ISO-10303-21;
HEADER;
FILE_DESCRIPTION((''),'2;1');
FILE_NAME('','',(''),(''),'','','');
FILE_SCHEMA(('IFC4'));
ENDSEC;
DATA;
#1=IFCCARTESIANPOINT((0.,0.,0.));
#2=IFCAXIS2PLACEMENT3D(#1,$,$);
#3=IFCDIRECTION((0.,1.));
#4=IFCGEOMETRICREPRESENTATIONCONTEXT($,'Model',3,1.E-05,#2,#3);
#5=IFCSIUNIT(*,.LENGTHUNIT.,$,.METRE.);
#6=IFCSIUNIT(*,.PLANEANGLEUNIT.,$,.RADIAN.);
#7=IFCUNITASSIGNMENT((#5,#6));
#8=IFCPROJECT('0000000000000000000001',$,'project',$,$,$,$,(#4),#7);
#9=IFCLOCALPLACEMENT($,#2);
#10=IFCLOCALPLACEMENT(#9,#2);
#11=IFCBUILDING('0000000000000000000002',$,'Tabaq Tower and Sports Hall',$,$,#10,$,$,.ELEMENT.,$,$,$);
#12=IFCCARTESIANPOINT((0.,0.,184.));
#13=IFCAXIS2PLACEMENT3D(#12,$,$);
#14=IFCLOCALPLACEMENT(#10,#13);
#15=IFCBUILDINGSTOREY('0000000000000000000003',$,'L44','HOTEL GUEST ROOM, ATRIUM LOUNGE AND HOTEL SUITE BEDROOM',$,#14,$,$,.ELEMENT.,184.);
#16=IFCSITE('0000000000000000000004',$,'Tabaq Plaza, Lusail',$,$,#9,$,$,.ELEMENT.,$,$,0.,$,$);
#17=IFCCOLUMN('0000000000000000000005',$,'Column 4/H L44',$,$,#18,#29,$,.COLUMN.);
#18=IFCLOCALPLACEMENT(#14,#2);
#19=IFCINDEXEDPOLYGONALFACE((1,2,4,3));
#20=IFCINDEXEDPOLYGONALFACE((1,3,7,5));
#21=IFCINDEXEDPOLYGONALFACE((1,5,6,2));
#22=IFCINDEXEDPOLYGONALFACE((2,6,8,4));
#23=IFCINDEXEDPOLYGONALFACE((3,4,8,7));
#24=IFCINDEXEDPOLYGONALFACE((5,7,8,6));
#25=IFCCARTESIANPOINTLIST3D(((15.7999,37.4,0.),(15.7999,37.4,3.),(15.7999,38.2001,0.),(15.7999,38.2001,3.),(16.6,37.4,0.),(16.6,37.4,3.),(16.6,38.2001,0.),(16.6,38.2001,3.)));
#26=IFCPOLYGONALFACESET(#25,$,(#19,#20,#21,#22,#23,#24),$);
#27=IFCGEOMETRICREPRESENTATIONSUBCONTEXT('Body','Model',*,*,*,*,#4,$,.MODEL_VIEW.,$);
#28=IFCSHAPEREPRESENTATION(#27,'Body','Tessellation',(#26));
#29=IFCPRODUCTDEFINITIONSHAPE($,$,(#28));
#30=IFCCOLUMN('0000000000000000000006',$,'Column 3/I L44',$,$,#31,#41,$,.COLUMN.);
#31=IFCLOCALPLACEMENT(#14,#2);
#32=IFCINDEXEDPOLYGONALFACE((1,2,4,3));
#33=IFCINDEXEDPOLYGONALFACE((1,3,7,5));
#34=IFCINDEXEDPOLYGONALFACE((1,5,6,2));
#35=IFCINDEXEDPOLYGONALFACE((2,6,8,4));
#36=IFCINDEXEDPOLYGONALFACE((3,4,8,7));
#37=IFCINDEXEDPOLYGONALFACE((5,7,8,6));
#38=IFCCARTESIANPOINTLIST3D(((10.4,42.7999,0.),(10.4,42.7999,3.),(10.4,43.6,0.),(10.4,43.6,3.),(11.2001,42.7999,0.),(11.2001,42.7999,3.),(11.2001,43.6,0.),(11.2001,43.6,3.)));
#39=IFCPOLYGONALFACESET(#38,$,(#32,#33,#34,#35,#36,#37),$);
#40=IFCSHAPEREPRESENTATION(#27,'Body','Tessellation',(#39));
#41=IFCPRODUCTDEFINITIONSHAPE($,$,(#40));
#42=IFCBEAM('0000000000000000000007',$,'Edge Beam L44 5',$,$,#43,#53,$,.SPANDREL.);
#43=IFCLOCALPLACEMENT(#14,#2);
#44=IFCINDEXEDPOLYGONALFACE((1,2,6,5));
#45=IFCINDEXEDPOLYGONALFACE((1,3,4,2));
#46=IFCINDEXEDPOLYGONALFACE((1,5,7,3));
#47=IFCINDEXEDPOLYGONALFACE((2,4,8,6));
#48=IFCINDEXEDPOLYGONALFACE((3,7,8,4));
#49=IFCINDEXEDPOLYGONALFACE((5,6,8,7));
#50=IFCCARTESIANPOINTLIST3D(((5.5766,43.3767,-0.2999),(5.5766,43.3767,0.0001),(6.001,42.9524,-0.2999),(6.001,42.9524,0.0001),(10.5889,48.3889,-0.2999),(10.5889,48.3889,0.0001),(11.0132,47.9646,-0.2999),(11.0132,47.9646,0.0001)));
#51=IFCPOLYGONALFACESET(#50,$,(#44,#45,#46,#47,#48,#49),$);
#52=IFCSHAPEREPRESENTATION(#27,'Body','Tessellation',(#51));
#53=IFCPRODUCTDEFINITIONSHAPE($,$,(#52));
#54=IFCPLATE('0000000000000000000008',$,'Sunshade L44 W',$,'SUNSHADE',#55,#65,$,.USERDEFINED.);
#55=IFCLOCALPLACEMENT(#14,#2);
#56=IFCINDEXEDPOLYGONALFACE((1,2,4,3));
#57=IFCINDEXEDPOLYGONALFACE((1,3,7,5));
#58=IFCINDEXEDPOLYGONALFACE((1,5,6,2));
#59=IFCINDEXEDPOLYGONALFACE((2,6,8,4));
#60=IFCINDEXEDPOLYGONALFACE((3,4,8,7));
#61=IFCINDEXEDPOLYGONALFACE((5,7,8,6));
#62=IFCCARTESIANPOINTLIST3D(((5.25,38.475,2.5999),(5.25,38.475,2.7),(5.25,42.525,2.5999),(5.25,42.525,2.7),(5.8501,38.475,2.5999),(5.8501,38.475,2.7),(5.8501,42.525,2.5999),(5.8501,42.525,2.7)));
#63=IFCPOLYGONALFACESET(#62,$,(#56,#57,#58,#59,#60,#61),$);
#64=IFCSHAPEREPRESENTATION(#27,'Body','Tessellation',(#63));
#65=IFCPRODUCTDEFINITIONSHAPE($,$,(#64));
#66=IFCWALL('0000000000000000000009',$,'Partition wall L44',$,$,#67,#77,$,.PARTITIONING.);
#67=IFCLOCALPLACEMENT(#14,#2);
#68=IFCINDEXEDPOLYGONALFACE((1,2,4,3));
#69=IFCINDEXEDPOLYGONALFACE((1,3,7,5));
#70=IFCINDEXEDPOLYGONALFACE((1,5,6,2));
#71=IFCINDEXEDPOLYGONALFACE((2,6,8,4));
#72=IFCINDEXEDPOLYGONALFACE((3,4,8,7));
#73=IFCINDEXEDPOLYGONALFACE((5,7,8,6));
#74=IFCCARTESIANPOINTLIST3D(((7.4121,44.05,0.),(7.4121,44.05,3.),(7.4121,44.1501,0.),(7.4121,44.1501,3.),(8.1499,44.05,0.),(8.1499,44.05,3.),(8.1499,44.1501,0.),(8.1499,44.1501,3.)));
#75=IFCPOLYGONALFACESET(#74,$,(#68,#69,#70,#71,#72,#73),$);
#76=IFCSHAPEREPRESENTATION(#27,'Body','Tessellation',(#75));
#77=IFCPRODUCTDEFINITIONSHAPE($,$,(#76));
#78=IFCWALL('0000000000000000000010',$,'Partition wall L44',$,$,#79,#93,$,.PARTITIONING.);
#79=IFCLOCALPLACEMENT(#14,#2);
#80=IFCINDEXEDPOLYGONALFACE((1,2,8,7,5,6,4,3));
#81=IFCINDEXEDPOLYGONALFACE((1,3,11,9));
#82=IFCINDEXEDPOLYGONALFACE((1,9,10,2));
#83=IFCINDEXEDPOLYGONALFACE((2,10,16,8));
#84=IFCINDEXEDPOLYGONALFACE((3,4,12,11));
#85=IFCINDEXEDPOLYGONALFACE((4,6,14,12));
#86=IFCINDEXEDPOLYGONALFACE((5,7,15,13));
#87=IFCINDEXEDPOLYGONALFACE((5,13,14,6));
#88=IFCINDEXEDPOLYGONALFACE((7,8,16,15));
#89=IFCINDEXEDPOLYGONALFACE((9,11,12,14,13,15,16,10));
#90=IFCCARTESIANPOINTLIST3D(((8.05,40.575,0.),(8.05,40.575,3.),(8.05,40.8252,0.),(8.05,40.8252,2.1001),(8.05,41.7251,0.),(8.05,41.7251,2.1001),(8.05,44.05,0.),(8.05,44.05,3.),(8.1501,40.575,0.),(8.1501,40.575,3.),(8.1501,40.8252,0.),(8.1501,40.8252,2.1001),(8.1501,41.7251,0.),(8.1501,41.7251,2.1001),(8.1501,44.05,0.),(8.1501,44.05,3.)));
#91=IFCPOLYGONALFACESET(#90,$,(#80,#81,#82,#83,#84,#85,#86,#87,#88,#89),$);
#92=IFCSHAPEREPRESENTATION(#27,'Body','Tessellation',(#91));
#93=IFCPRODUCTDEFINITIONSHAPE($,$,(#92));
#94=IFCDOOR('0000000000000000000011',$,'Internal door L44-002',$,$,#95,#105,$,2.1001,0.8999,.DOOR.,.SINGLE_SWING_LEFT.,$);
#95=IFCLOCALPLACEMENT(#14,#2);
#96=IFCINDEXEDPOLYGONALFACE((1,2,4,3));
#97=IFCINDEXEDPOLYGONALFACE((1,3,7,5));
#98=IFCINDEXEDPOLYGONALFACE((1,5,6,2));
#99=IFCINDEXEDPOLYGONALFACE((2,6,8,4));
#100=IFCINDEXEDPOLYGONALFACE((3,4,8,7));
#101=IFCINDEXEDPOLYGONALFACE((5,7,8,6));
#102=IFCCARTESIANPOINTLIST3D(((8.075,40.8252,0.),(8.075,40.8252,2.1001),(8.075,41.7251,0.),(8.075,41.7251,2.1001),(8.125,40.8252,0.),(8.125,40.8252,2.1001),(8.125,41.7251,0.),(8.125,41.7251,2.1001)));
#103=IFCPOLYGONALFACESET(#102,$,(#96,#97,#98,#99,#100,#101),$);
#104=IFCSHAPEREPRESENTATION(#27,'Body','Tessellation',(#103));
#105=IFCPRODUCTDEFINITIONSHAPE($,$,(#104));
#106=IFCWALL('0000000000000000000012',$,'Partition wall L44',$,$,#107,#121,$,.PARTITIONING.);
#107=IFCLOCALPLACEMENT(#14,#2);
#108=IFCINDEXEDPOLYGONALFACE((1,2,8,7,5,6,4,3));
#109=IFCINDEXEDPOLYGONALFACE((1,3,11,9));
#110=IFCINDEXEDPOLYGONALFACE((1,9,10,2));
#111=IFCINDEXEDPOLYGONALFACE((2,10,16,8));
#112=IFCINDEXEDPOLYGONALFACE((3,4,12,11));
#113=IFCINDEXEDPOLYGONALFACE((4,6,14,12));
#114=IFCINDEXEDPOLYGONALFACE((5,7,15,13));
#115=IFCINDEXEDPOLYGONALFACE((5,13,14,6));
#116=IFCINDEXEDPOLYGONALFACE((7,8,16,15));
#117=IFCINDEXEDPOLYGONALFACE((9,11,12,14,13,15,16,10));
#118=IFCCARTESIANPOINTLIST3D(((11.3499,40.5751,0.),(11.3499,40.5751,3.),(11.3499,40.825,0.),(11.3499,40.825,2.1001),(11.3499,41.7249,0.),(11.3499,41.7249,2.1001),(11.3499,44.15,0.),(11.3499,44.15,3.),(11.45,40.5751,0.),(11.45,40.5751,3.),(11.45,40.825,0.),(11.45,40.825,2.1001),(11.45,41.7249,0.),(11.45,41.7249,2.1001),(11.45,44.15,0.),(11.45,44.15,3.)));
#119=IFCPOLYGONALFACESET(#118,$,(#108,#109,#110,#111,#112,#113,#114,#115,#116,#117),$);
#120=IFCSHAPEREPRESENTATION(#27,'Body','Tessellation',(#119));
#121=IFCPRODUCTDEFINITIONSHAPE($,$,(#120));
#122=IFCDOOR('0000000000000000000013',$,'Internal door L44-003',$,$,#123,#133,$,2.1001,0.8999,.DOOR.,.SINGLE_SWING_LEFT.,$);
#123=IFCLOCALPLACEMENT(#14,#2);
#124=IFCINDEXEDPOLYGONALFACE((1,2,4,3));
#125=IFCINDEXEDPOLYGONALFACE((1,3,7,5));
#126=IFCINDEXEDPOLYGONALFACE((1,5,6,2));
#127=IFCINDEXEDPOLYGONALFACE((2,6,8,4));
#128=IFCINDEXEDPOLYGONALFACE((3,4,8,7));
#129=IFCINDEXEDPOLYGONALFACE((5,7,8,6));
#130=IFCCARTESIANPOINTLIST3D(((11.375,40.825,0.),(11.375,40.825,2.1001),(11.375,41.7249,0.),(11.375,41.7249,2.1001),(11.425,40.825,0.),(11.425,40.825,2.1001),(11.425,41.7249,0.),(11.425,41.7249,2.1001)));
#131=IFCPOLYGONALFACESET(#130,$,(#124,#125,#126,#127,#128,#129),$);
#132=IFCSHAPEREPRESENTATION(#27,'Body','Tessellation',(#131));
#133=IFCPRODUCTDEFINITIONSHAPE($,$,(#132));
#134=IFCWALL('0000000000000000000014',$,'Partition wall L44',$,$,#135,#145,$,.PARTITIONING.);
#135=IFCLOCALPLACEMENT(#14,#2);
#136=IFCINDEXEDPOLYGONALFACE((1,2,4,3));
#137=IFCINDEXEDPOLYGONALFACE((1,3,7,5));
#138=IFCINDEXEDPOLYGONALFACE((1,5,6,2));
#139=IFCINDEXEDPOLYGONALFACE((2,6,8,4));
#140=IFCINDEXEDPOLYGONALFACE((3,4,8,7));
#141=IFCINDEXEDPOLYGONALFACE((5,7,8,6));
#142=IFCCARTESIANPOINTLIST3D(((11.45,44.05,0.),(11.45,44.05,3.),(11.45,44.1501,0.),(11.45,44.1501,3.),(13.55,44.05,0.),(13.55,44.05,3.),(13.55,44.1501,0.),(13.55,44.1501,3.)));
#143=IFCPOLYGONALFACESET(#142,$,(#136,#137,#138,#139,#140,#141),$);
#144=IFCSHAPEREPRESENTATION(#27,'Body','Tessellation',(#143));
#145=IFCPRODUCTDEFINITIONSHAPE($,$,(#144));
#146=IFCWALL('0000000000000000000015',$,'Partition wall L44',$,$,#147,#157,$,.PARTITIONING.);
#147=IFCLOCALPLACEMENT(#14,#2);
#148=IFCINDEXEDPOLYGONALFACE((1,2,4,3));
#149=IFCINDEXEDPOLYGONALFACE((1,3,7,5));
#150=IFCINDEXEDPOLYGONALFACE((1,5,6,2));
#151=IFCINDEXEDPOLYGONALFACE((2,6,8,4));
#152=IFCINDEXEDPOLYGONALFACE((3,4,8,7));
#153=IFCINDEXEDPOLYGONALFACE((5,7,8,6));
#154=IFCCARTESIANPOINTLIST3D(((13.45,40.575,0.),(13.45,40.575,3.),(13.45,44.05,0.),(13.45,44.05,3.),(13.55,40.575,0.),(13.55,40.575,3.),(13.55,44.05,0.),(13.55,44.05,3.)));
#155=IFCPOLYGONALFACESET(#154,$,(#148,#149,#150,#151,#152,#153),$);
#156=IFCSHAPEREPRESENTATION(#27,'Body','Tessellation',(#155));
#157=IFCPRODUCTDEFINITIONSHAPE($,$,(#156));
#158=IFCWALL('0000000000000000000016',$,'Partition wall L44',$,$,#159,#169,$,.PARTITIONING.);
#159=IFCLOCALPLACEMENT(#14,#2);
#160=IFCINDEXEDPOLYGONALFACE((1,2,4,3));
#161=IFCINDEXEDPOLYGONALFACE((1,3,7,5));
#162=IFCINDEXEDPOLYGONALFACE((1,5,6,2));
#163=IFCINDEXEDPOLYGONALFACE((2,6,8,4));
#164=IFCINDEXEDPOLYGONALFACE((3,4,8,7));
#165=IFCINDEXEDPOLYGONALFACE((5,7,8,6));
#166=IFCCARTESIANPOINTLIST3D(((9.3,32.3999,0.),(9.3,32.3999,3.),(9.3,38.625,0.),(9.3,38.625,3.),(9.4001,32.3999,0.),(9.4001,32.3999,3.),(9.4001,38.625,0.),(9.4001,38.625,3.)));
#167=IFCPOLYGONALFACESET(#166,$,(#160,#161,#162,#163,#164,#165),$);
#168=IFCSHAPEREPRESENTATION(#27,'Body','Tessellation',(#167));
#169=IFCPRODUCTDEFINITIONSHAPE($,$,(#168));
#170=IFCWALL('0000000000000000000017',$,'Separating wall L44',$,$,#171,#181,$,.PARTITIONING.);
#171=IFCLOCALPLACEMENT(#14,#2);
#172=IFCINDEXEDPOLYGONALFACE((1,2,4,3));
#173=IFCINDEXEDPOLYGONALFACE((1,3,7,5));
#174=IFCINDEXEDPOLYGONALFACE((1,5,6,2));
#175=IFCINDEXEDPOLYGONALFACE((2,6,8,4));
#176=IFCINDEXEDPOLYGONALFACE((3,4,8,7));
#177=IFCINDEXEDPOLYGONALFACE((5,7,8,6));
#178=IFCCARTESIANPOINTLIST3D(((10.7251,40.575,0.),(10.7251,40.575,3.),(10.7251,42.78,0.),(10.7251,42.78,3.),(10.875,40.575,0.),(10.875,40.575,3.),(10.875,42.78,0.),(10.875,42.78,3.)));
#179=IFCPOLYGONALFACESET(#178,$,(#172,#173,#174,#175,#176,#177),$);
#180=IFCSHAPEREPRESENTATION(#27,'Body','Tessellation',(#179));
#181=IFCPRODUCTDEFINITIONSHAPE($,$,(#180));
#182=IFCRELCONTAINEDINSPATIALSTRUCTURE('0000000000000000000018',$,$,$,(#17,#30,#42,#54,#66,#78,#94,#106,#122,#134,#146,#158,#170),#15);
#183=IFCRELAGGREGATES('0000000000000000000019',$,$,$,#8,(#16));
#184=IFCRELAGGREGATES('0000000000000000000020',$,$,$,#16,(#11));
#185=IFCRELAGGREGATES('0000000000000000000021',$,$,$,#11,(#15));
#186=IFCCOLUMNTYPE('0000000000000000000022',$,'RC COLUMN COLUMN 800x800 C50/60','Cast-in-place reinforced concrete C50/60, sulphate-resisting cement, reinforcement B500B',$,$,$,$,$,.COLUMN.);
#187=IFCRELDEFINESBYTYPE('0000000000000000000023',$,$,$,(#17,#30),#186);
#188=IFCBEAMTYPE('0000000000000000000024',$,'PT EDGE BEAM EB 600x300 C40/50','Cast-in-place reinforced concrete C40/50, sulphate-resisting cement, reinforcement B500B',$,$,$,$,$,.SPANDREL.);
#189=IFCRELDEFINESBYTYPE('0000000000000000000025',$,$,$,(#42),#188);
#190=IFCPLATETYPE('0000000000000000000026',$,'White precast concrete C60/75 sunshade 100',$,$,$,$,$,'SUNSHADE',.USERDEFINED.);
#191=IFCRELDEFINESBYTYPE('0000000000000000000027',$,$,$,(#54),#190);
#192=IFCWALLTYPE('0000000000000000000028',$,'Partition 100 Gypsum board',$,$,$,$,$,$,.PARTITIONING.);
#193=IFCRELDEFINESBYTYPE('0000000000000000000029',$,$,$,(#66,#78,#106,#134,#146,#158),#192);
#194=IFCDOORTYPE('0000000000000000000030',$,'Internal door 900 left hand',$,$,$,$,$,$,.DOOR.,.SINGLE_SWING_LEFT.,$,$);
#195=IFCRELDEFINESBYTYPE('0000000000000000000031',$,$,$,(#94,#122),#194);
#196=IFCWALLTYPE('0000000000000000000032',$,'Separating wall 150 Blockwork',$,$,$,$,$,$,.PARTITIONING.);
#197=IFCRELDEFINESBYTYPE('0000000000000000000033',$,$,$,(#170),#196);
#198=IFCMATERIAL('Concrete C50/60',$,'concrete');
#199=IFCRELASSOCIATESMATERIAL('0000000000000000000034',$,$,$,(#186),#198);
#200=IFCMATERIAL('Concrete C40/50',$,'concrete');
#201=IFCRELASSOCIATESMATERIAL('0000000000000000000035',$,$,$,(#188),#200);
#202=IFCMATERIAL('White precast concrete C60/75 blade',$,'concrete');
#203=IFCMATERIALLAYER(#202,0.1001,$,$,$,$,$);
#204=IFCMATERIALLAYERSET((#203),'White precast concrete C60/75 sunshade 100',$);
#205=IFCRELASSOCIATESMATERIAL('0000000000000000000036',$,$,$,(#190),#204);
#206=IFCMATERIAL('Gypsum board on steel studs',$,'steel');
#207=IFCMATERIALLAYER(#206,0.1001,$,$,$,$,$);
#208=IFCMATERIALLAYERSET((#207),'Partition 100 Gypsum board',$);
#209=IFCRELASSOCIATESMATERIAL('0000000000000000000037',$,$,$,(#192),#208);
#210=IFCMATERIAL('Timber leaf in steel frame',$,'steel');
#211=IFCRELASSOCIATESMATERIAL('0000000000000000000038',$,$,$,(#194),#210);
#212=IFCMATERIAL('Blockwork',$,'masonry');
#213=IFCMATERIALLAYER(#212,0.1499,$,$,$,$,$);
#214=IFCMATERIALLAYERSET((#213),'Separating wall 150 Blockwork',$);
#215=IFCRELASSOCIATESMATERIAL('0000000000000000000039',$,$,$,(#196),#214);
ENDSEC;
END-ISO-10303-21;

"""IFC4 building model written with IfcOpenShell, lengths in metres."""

from ifc_helpers import new_model, si_unit, direction, frame, frame_2d, origin, origin_2d, place, context, subcontext, project, spatial, rectangle, extrude, material, layer, layer_set, material_profile, profile_set, type_object, element, fill, save


model = new_model("IFC4")

# Units and contexts
model_context = context("Model", 3, precision=1e-05, world=origin(), true_north=direction((0.0, 1.0)))
body_context = subcontext(model_context, "Body", "Model", "MODEL_VIEW")
ifc_project = project(units=[si_unit("LENGTHUNIT", "METRE"), si_unit("PLANEANGLEUNIT", "RADIAN")], contexts=[model_context])

# Site, building, storey
site_placement = place(None, origin())
site = spatial("IfcSite", under=ifc_project, at=site_placement, Name="Tabaq Plaza, Lusail", CompositionType="ELEMENT", RefElevation=0.0)
building_placement = place(site_placement, origin())
building = spatial("IfcBuilding", under=site, at=building_placement, Name="Tabaq Tower and Sports Hall", CompositionType="ELEMENT")
storey_placement = place(building_placement, frame((0.0, 0.0, 184.0)))
storey = spatial("IfcBuildingStorey", under=building, at=storey_placement, Name="L44", Description="HOTEL GUEST ROOM, ATRIUM LOUNGE AND HOTEL SUITE BEDROOM", CompositionType="ELEMENT", Elevation=184.0)

# Columns
ifc_material_1 = material(Name="Concrete C50/60", Category="concrete")
ifc_material_profile_1 = material_profile(ifc_material_1, rectangle(XDim=0.8, YDim=0.8, at=origin_2d()), Name="COLUMN 800x800")
ifc_profile_set_1 = profile_set([ifc_material_profile_1], Name="Concrete C50/60")
column_type = type_object("IfcColumnType", Name="RC COLUMN COLUMN 800x800 C50/60", Description="Cast-in-place reinforced concrete C50/60, sulphate-resisting cement, reinforcement B500B", PredefinedType="COLUMN", material=ifc_profile_set_1)
for number, where, z_axis, x_axis, name in (
    (1, (16.2, 37.8, 0.0), (0.0, 0.0, 1.0), (1.0, 0.0, 0.0), "Column 4/H L44"),
    (2, (10.8, 43.2, 0.0), (0.0, 0.0, 1.0), (1.0, 0.0, 0.0), "Column 3/I L44"),
):
    element("IfcColumn", number, at=place(storey_placement, frame(where, z_axis=z_axis, x_axis=x_axis)), inside=storey, type_object=column_type, Name=name, PredefinedType="COLUMN", context=body_context, shape_type="SweptSolid", body=[
        extrude(rectangle(XDim=0.8, YDim=0.8, at=origin_2d()), origin(), (0.0, 0.0, 1.0), 3.0),
    ])

# Beam
ifc_material_2 = material(Name="Concrete C40/50", Category="concrete")
ifc_material_profile_2 = material_profile(ifc_material_2, rectangle(XDim=0.6001, YDim=0.3, at=origin_2d()), Name="EB 600x300")
ifc_profile_set_2 = profile_set([ifc_material_profile_2], Name="Concrete C40/50")
beam_type = type_object("IfcBeamType", Name="PT EDGE BEAM EB 600x300 C40/50", Description="Cast-in-place reinforced concrete C40/50, sulphate-resisting cement, reinforcement B500B", PredefinedType="SPANDREL", material=ifc_profile_set_2)
beam_placement = place(storey_placement, frame((10.801, 48.1768, -0.1499), z_axis=(-0.707107, -0.707107, 0.0), x_axis=(0.707107, -0.707107, 0.0)))
element("IfcBeam", 3, at=beam_placement, inside=storey, type_object=beam_type, Name="Edge Beam L44 5", PredefinedType="SPANDREL", context=body_context, shape_type="SweptSolid", body=[
    extrude(rectangle(XDim=0.6001, YDim=0.3, at=origin_2d()), origin(), (0.0, 0.0, 1.0), 7.0884),
])

# Plate
ifc_material_3 = material(Name="White precast concrete C60/75 blade", Category="concrete")
ifc_layer_1 = layer(ifc_material_3, 0.1001)
ifc_layer_set_1 = layer_set([ifc_layer_1], Name="White precast concrete C60/75 sunshade 100")
plate_type = type_object("IfcPlateType", Name="White precast concrete C60/75 sunshade 100", ElementType="SUNSHADE", PredefinedType="USERDEFINED", material=ifc_layer_set_1)
plate_placement = place(storey_placement, frame((5.55, 40.5, 2.5999), z_axis=(0.0, 0.0, 1.0), x_axis=(0.0, -1.0, 0.0)))
element("IfcPlate", 4, at=plate_placement, inside=storey, type_object=plate_type, Name="Sunshade L44 W", ObjectType="SUNSHADE", PredefinedType="USERDEFINED", context=body_context, shape_type="SweptSolid", body=[
    extrude(rectangle(XDim=4.05, YDim=0.6001, at=origin_2d()), origin(), (0.0, 0.0, 1.0), 0.1001),
])

# Wall
ifc_material_4 = material(Name="Gypsum board on steel studs", Category="steel")
ifc_layer_2 = layer(ifc_material_4, 0.1001)
ifc_layer_set_2 = layer_set([ifc_layer_2], Name="Partition 100 Gypsum board")
wall_type_1 = type_object("IfcWallType", Name="Partition 100 Gypsum board", PredefinedType="PARTITIONING", material=ifc_layer_set_2)
wall_1_placement = place(storey_placement, frame((7.4121, 44.1001, 0.0), z_axis=(0.0, 0.0, 1.0), x_axis=(1.0, 0.0, 0.0)))
element("IfcWall", 5, at=wall_1_placement, inside=storey, type_object=wall_type_1, Name="Partition wall L44", PredefinedType="PARTITIONING", context=body_context, shape_type="SweptSolid", body=[
    extrude(rectangle(XDim=0.7378, YDim=0.1001, at=frame_2d((0.3689, 0.0))), origin(), (0.0, 0.0, 1.0), 3.0),
])

# Walls, openings, doors
wall_2_placement = place(storey_placement, frame((8.1001, 44.05, 0.0), z_axis=(0.0, 0.0, 1.0), x_axis=(0.0, -1.0, 0.0)))
wall_2 = element("IfcWall", 6, at=wall_2_placement, inside=storey, type_object=wall_type_1, Name="Partition wall L44", PredefinedType="PARTITIONING", context=body_context, shape_type="SweptSolid", body=[
    extrude(rectangle(XDim=3.4751, YDim=0.1001, at=frame_2d((1.7375, 0.0))), origin(), (0.0, 0.0, 1.0), 3.0),
])
opening_1_placement = place(wall_2_placement, frame((2.325, 0.0, 0.0)))
opening_1 = element("IfcOpeningElement", 7, at=opening_1_placement, cuts=wall_2, PredefinedType="OPENING", context=body_context, shape_type="SweptSolid", body=[
    extrude(rectangle(XDim=0.8999, YDim=2.1001, at=frame_2d((0.45, 1.05))), frame((0.0, 0.05, 0.0), z_axis=(0.0, -1.0, 0.0), x_axis=(1.0, 0.0, 0.0)), (0.0, 0.0, 1.0), 0.1001),
])
ifc_material_5 = material(Name="Timber leaf in steel frame", Category="steel")
door_type = type_object("IfcDoorType", Name="Internal door 900 left hand", OperationType="SINGLE_SWING_LEFT", PredefinedType="DOOR", material=ifc_material_5)
door_1_placement = place(opening_1_placement, origin())
door_1 = element("IfcDoor", 8, at=door_1_placement, inside=storey, type_object=door_type, Name="Internal door L44-002", OperationType="SINGLE_SWING_LEFT", OverallHeight=2.1001, OverallWidth=0.8999, PredefinedType="DOOR", context=body_context, shape_type="SweptSolid", body=[
    extrude(rectangle(XDim=0.8999, YDim=2.1001, at=frame_2d((0.45, 1.05))), frame((0.0, 0.0249, 0.0), z_axis=(0.0, -1.0, 0.0), x_axis=(1.0, 0.0, 0.0)), (0.0, 0.0, 1.0), 0.05),
])
fill(opening_1, door_1)
wall_3_placement = place(storey_placement, frame((11.3999, 40.575, 0.0), z_axis=(0.0, 0.0, 1.0), x_axis=(0.0, 1.0, 0.0)))
wall_3 = element("IfcWall", 9, at=wall_3_placement, inside=storey, type_object=wall_type_1, Name="Partition wall L44", PredefinedType="PARTITIONING", context=body_context, shape_type="SweptSolid", body=[
    extrude(rectangle(XDim=3.575, YDim=0.1001, at=frame_2d((1.7876, 0.0))), origin(), (0.0, 0.0, 1.0), 3.0),
])
opening_2_placement = place(wall_3_placement, frame((0.25, 0.0, 0.0)))
opening_2 = element("IfcOpeningElement", 10, at=opening_2_placement, cuts=wall_3, PredefinedType="OPENING", context=body_context, shape_type="SweptSolid", body=[
    extrude(rectangle(XDim=0.8999, YDim=2.1001, at=frame_2d((0.45, 1.05))), frame((0.0, 0.05, 0.0), z_axis=(0.0, -1.0, 0.0), x_axis=(1.0, 0.0, 0.0)), (0.0, 0.0, 1.0), 0.1001),
])
door_2_placement = place(opening_2_placement, origin())
door_2 = element("IfcDoor", 11, at=door_2_placement, inside=storey, type_object=door_type, Name="Internal door L44-003", OperationType="SINGLE_SWING_LEFT", OverallHeight=2.1001, OverallWidth=0.8999, PredefinedType="DOOR", context=body_context, shape_type="SweptSolid", body=[
    extrude(rectangle(XDim=0.8999, YDim=2.1001, at=frame_2d((0.45, 1.05))), frame((0.0, 0.0249, 0.0), z_axis=(0.0, -1.0, 0.0), x_axis=(1.0, 0.0, 0.0)), (0.0, 0.0, 1.0), 0.05),
])
fill(opening_2, door_2)

# Walls
wall_4_placement = place(storey_placement, frame((11.45, 44.1001, 0.0), z_axis=(0.0, 0.0, 1.0), x_axis=(1.0, 0.0, 0.0)))
element("IfcWall", 12, at=wall_4_placement, inside=storey, type_object=wall_type_1, Name="Partition wall L44", PredefinedType="PARTITIONING", context=body_context, shape_type="SweptSolid", body=[
    extrude(rectangle(XDim=2.1001, YDim=0.1001, at=frame_2d((1.05, 0.0))), origin(), (0.0, 0.0, 1.0), 3.0),
])
wall_5_placement = place(storey_placement, frame((13.5, 44.05, 0.0), z_axis=(0.0, 0.0, 1.0), x_axis=(0.0, -1.0, 0.0)))
element("IfcWall", 13, at=wall_5_placement, inside=storey, type_object=wall_type_1, Name="Partition wall L44", PredefinedType="PARTITIONING", context=body_context, shape_type="SweptSolid", body=[
    extrude(rectangle(XDim=3.4751, YDim=0.1001, at=frame_2d((1.7375, 0.0))), origin(), (0.0, 0.0, 1.0), 3.0),
])
wall_6_placement = place(storey_placement, frame((9.3501, 38.625, 0.0), z_axis=(0.0, 0.0, 1.0), x_axis=(0.0, -1.0, 0.0)))
element("IfcWall", 14, at=wall_6_placement, inside=storey, type_object=wall_type_1, Name="Partition wall L44", PredefinedType="PARTITIONING", context=body_context, shape_type="SweptSolid", body=[
    extrude(rectangle(XDim=6.2251, YDim=0.1001, at=frame_2d((3.1125, 0.0))), origin(), (0.0, 0.0, 1.0), 3.0),
])
ifc_material_6 = material(Name="Blockwork", Category="masonry")
ifc_layer_3 = layer(ifc_material_6, 0.1499)
ifc_layer_set_3 = layer_set([ifc_layer_3], Name="Separating wall 150 Blockwork")
wall_type_2 = type_object("IfcWallType", Name="Separating wall 150 Blockwork", PredefinedType="PARTITIONING", material=ifc_layer_set_3)
wall_7_placement = place(storey_placement, frame((10.8, 40.575, 0.0), z_axis=(0.0, 0.0, 1.0), x_axis=(0.0, 1.0, 0.0)))
element("IfcWall", 15, at=wall_7_placement, inside=storey, type_object=wall_type_2, Name="Separating wall L44", PredefinedType="PARTITIONING", context=body_context, shape_type="SweptSolid", body=[
    extrude(rectangle(XDim=2.2051, YDim=0.1499, at=frame_2d((1.1025, 0.0))), origin(), (0.0, 0.0, 1.0), 3.0),
])

save(model, "model.ifc")
